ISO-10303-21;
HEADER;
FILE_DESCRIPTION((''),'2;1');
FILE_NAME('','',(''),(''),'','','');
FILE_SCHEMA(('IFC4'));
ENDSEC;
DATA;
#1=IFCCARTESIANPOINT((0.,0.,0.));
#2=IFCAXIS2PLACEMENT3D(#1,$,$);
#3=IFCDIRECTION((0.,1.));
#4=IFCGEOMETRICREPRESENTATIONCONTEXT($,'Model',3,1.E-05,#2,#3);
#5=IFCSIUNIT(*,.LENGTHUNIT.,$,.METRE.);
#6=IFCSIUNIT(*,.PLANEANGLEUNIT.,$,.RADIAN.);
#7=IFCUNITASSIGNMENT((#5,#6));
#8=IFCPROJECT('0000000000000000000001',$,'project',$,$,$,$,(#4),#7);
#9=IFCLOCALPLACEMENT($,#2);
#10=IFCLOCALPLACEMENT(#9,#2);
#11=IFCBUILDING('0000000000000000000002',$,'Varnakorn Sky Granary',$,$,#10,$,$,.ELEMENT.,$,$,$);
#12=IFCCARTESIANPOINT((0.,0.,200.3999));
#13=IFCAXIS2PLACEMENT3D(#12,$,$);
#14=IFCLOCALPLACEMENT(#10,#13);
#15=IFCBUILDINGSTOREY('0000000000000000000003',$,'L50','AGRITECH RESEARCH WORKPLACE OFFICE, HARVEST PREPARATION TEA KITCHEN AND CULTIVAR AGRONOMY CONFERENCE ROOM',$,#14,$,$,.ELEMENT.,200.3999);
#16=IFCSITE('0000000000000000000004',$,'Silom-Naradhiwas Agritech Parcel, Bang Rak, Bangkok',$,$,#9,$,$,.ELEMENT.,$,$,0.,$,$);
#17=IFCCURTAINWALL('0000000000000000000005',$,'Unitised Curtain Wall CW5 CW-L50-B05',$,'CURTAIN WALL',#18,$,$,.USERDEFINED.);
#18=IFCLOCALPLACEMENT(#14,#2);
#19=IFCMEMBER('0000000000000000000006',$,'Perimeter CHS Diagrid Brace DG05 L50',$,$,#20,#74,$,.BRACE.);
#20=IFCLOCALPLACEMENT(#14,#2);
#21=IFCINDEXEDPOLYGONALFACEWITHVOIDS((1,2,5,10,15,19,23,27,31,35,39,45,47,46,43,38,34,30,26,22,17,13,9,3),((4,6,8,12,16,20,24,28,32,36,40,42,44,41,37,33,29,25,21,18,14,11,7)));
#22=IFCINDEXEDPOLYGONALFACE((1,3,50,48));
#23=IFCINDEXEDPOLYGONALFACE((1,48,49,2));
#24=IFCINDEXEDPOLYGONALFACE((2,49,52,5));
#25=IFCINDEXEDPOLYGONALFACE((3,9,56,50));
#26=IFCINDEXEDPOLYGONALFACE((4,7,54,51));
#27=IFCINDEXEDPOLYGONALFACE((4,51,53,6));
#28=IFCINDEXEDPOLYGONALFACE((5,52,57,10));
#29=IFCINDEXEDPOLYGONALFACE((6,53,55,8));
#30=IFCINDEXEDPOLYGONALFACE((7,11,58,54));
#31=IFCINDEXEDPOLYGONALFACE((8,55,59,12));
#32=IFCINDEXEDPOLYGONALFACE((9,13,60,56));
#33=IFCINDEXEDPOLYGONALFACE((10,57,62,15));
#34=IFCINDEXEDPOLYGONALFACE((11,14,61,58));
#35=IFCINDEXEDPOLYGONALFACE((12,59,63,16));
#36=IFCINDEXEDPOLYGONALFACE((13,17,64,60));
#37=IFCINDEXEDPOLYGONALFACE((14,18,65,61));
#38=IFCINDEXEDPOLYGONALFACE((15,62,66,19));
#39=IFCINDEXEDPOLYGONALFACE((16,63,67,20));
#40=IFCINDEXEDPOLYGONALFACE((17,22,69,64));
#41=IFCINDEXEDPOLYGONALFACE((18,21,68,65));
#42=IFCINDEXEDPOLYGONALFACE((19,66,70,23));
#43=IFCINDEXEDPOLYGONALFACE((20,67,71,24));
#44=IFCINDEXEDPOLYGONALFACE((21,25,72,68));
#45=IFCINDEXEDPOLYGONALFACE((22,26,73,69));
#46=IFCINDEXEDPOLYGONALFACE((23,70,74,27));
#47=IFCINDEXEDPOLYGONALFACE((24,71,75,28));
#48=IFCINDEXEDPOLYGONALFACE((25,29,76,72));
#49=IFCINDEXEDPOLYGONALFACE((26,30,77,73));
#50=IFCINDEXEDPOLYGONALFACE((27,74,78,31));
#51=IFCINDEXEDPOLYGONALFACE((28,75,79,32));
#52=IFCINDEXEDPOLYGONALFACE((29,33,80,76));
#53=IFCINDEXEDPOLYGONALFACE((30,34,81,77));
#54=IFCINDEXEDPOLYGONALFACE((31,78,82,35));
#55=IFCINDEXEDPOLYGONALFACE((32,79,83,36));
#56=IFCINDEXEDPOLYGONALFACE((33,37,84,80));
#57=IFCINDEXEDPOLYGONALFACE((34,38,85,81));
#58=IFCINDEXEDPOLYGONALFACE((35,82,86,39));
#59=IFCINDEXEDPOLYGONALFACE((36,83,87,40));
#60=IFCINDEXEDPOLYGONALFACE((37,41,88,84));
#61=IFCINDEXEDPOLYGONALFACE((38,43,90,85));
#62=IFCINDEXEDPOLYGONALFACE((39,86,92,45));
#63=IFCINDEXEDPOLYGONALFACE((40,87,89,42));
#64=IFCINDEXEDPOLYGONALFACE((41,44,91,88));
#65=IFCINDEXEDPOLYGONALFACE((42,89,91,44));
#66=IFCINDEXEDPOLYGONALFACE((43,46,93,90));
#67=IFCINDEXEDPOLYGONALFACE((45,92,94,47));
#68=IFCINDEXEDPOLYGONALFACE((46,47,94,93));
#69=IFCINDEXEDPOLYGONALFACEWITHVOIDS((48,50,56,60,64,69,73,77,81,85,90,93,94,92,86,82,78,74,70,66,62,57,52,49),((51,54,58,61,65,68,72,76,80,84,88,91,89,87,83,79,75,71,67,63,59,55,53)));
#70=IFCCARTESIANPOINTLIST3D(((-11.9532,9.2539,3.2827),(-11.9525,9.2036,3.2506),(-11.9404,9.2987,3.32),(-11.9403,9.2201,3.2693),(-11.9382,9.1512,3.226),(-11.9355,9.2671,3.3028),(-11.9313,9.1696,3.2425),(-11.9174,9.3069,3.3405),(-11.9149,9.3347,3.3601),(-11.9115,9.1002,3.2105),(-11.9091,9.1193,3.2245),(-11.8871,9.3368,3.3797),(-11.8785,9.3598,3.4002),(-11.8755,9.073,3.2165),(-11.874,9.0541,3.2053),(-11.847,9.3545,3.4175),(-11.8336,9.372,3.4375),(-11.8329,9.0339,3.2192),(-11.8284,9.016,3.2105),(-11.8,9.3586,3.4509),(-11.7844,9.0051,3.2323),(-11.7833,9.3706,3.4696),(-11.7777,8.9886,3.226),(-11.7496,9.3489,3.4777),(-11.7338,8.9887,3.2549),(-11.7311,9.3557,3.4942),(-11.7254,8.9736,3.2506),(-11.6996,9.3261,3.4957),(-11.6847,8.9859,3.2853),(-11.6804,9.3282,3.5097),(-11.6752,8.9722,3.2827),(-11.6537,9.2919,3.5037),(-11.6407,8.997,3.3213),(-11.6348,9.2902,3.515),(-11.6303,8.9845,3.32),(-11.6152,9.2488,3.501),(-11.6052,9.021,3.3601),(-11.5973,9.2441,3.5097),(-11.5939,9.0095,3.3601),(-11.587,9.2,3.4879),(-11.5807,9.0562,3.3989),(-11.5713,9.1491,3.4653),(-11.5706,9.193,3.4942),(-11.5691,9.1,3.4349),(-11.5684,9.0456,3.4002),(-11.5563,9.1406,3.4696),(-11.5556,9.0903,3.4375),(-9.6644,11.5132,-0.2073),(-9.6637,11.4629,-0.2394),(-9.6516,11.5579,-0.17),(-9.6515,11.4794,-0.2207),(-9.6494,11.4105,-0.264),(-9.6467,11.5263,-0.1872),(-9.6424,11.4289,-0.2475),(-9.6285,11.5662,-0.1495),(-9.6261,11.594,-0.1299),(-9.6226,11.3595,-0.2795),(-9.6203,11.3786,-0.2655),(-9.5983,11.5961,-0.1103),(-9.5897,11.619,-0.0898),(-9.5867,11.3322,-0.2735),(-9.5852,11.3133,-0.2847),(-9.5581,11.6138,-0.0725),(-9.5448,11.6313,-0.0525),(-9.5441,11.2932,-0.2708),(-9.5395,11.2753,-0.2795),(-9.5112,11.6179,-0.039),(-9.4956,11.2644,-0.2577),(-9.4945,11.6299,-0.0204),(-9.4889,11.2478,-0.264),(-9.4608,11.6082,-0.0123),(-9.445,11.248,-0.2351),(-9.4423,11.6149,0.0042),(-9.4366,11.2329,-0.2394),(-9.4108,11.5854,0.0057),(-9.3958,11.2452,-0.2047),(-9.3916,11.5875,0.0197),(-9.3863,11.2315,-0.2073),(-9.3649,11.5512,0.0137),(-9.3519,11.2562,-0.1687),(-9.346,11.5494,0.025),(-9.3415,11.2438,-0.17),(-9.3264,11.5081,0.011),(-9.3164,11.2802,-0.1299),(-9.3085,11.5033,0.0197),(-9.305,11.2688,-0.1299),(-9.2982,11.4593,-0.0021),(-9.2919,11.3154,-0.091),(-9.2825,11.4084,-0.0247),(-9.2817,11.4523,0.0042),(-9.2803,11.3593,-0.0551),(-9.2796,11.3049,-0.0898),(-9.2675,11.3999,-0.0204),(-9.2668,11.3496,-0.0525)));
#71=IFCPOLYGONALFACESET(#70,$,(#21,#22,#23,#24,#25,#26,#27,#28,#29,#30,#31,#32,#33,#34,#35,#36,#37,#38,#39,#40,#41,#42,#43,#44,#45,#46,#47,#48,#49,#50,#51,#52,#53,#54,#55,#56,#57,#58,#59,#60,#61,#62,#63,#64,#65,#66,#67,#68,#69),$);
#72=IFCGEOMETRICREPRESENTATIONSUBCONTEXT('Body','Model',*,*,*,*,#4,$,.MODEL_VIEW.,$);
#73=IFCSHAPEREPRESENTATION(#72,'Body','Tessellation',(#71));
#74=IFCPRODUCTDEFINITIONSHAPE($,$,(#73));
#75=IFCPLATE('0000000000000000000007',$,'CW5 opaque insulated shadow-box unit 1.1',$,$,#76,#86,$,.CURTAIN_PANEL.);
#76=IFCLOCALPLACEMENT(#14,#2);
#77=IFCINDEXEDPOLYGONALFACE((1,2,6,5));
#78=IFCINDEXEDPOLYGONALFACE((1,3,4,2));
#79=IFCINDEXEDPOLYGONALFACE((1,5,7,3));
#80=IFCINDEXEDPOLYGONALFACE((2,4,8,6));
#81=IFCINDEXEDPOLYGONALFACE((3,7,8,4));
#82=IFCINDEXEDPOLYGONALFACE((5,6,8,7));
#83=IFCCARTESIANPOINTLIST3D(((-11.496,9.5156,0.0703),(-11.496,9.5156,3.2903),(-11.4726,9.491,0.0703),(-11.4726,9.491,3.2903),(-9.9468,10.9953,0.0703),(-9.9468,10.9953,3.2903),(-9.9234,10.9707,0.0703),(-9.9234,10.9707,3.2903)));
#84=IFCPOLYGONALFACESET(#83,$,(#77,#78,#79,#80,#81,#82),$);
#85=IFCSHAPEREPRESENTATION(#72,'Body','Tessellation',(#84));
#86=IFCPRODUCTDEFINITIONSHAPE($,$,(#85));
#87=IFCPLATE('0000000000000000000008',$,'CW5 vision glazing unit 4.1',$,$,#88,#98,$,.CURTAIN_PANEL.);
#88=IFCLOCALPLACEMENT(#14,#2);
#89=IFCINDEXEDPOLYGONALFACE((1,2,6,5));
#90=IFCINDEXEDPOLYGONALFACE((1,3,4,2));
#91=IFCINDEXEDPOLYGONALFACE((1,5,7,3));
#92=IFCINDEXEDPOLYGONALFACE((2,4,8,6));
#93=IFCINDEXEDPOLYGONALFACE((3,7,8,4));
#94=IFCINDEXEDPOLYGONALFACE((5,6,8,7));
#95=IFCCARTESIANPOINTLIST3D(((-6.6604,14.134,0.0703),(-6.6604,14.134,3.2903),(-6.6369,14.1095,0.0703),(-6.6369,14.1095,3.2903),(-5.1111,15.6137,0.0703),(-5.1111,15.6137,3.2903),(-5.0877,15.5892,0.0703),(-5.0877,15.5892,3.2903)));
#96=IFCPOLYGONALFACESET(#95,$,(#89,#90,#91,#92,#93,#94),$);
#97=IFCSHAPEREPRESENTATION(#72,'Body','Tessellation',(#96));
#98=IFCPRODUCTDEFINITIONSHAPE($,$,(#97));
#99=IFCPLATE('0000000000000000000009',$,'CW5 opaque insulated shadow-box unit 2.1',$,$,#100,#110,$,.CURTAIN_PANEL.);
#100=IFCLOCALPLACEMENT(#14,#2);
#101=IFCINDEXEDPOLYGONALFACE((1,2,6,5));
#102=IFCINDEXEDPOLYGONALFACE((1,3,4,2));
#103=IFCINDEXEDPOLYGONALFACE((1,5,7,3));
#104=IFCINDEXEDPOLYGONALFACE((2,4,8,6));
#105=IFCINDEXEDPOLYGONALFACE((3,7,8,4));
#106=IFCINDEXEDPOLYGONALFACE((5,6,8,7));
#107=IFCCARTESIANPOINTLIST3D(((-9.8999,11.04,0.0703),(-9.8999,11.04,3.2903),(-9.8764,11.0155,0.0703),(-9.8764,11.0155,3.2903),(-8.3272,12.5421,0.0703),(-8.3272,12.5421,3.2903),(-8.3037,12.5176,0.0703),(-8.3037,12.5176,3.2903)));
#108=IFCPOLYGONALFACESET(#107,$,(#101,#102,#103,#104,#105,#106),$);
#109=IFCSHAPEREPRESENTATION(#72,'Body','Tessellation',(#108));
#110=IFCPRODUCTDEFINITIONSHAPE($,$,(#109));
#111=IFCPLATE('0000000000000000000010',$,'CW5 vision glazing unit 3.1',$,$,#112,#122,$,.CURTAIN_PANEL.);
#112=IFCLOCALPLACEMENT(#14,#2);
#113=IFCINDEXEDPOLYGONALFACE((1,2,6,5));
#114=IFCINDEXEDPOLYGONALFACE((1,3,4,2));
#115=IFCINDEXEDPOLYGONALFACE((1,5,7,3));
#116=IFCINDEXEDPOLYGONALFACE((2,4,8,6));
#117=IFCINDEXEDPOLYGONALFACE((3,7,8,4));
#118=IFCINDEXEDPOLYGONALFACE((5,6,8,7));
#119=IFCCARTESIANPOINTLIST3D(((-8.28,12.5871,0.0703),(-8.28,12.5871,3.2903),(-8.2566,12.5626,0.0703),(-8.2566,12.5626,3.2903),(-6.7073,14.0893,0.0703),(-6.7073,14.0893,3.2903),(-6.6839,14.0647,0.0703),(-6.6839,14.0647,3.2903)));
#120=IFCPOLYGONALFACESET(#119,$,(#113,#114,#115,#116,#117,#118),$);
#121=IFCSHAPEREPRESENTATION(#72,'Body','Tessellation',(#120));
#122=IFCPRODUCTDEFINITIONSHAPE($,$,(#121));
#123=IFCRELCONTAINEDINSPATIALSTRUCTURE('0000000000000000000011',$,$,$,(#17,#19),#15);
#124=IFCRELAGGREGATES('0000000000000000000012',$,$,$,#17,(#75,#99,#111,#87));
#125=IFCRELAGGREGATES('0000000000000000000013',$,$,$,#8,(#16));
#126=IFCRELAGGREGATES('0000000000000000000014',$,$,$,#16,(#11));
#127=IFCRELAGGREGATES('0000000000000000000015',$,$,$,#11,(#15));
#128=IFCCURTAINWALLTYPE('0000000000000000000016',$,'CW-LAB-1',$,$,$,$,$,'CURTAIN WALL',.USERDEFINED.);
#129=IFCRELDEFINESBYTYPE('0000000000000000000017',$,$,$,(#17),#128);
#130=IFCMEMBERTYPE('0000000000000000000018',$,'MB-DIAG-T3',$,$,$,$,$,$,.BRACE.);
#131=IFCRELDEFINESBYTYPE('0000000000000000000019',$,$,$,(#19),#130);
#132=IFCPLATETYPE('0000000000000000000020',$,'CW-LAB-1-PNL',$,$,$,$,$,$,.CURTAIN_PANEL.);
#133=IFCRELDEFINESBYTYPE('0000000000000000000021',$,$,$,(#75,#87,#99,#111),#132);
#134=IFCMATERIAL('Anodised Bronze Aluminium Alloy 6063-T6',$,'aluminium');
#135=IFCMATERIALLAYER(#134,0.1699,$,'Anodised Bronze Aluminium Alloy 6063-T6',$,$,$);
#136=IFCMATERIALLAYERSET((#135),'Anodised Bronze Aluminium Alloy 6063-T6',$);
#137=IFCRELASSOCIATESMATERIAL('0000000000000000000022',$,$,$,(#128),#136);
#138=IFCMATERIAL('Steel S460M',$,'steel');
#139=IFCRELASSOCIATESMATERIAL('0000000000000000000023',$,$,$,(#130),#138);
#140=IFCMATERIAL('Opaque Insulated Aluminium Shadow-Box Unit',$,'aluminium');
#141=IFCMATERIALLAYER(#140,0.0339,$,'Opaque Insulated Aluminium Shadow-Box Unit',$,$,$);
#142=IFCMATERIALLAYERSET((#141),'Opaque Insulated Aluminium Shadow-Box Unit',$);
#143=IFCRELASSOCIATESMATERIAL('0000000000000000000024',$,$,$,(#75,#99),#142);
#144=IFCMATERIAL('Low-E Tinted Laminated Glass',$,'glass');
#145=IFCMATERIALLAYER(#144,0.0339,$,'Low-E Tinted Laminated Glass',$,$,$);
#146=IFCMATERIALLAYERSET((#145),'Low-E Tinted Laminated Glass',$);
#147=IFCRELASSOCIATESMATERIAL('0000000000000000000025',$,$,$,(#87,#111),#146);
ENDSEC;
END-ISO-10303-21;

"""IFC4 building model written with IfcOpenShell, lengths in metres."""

from ifc_helpers import new_model, si_unit, direction, frame, origin, origin_2d, place, context, subcontext, project, spatial, rectangle, hollow_circle, extrude, source, transform, mapped, material, layer, layer_set, material_profile, profile_set, type_object, type_shapes, element, aggregate, save


model = new_model("IFC4")

# Units and contexts
model_context = context("Model", 3, precision=1e-05, world=origin(), true_north=direction((0.0, 1.0)))
body_context = subcontext(model_context, "Body", "Model", "MODEL_VIEW")
ifc_project = project(units=[si_unit("LENGTHUNIT", "METRE"), si_unit("PLANEANGLEUNIT", "RADIAN")], contexts=[model_context])

# Site, building, storey
site_placement = place(None, origin())
site = spatial("IfcSite", under=ifc_project, at=site_placement, Name="Silom-Naradhiwas Agritech Parcel, Bang Rak, Bangkok", CompositionType="ELEMENT", RefElevation=0.0)
building_placement = place(site_placement, origin())
building = spatial("IfcBuilding", under=site, at=building_placement, Name="Varnakorn Sky Granary", CompositionType="ELEMENT")
storey_placement = place(building_placement, frame((0.0, 0.0, 200.3999)))
storey = spatial("IfcBuildingStorey", under=building, at=storey_placement, Name="L50", Description="AGRITECH RESEARCH WORKPLACE OFFICE, HARVEST PREPARATION TEA KITCHEN AND CULTIVAR AGRONOMY CONFERENCE ROOM", CompositionType="ELEMENT", Elevation=200.3999)

# Shared definitions
ifc_material_1 = material(Name="Steel S460M", Category="steel")

# Shared definitions
ifc_material_2 = material(Name="Anodised Bronze Aluminium Alloy 6063-T6", Category="aluminium")
ifc_layer_1 = layer(ifc_material_2, 0.1699, Name="Anodised Bronze Aluminium Alloy 6063-T6")
ifc_layer_set_1 = layer_set([ifc_layer_1], Name="Anodised Bronze Aluminium Alloy 6063-T6")
curtain_wall_type = type_object("IfcCurtainWallType", Name="CW-LAB-1", ElementType="CURTAIN WALL", PredefinedType="USERDEFINED", material=ifc_layer_set_1)

# Curtain wall
curtain_wall_1_placement = place(storey_placement, origin())
curtain_wall_1 = element("IfcCurtainWall", 1, at=curtain_wall_1_placement, inside=storey, type_object=curtain_wall_type, Name="Unitised Curtain Wall CW5 CW-L50-B05", ObjectType="CURTAIN WALL", PredefinedType="USERDEFINED")

# Member
ifc_material_profile_1 = material_profile(ifc_material_1, hollow_circle(Radius=0.2285, WallThickness=0.0161, at=origin_2d()), Name="CHS 457x16")
ifc_profile_set_1 = profile_set([ifc_material_profile_1], Name="Steel S460M")
member_type_1 = type_object("IfcMemberType", Name="MB-DIAG-T3", PredefinedType="BRACE", material=ifc_profile_set_1)
member_1_placement = place(storey_placement, frame((-9.4656, 11.4314, -0.1299), z_axis=(-0.482278, -0.476054, 0.735378), x_axis=(0.702499, -0.711685, 0.0)))
element("IfcMember", 2, at=member_1_placement, inside=storey, type_object=member_type_1, Name="Perimeter CHS Diagrid Brace DG05 L50", PredefinedType="BRACE", context=body_context, shape_type="SweptSolid", body=[
    extrude(hollow_circle(Radius=0.2285, WallThickness=0.0161, at=origin_2d()), origin(), (0.0, 0.0, 1.0), 4.7458),
])

# Plates
ifc_material_3 = material(Name="Opaque Insulated Aluminium Shadow-Box Unit", Category="aluminium")
ifc_layer_2 = layer(ifc_material_3, 0.0339, Name="Opaque Insulated Aluminium Shadow-Box Unit")
ifc_layer_set_2 = layer_set([ifc_layer_2], Name="Opaque Insulated Aluminium Shadow-Box Unit")
plate_type = type_object("IfcPlateType", Name="CW-LAB-1-PNL", PredefinedType="CURTAIN_PANEL")
shared_shape_1 = source(origin(), body_context, "Body", "SweptSolid", [
    extrude(rectangle(XDim=2.1423, YDim=0.0339, at=origin_2d()), origin(), (0.0, 0.0, 1.0), 3.22),
])
plate_1_placement = place(storey_placement, frame((-10.7097, 10.2432, 0.0703), z_axis=(0.0, 0.0, 1.0), x_axis=(0.723144, 0.690697, 0.0)))
plate_1 = element("IfcPlate", 3, at=plate_1_placement, type_object=plate_type, material=ifc_layer_set_2, Name="CW5 opaque insulated shadow-box unit 1.1", PredefinedType="CURTAIN_PANEL", context=body_context, shape_type="MappedRepresentation", body=[
    mapped(shared_shape_1, transform((0.0, 0.0, 0.0), x_axis=(1.0, 0.0, 0.0), y_axis=(0.0, 1.0, 0.0), z_axis=(0.0, 0.0, 1.0), scale=1.0)),
])
ifc_material_4 = material(Name="Low-E Tinted Laminated Glass", Category="glass")
ifc_layer_3 = layer(ifc_material_4, 0.0339, Name="Low-E Tinted Laminated Glass")
ifc_layer_set_3 = layer_set([ifc_layer_3], Name="Low-E Tinted Laminated Glass")
plate_2_placement = place(storey_placement, frame((-5.874, 14.8616, 0.0703), z_axis=(0.0, 0.0, 1.0), x_axis=(0.723144, 0.690697, 0.0)))
plate_2 = element("IfcPlate", 4, at=plate_2_placement, type_object=plate_type, material=ifc_layer_set_3, Name="CW5 vision glazing unit 4.1", PredefinedType="CURTAIN_PANEL", context=body_context, shape_type="MappedRepresentation", body=[
    mapped(shared_shape_1, transform((0.0, 0.0, 0.0), x_axis=(1.0, 0.0, 0.0), y_axis=(0.0, 1.0, 0.0), z_axis=(0.0, 0.0, 1.0), scale=1.0)),
])
shared_shape_2 = source(origin(), body_context, "Body", "SweptSolid", [
    extrude(rectangle(XDim=2.1748, YDim=0.0339, at=origin_2d()), origin(), (0.0, 0.0, 1.0), 3.22),
])
type_shapes(plate_type, [shared_shape_1, shared_shape_2])
plate_3_placement = place(storey_placement, frame((-9.1018, 11.7788, 0.0703), z_axis=(0.0, 0.0, 1.0), x_axis=(0.723144, 0.690697, 0.0)))
plate_3 = element("IfcPlate", 5, at=plate_3_placement, type_object=plate_type, material=ifc_layer_set_2, Name="CW5 opaque insulated shadow-box unit 2.1", PredefinedType="CURTAIN_PANEL", context=body_context, shape_type="MappedRepresentation", body=[
    mapped(shared_shape_2, transform((0.0, 0.0, 0.0), x_axis=(1.0, 0.0, 0.0), y_axis=(0.0, 1.0, 0.0), z_axis=(0.0, 0.0, 1.0), scale=1.0)),
])
plate_4_placement = place(storey_placement, frame((-7.4819, 13.3259, 0.0703), z_axis=(0.0, 0.0, 1.0), x_axis=(0.723144, 0.690697, 0.0)))
plate_4 = element("IfcPlate", 6, at=plate_4_placement, type_object=plate_type, material=ifc_layer_set_3, Name="CW5 vision glazing unit 3.1", PredefinedType="CURTAIN_PANEL", context=body_context, shape_type="MappedRepresentation", body=[
    mapped(shared_shape_2, transform((0.0, 0.0, 0.0), x_axis=(1.0, 0.0, 0.0), y_axis=(0.0, 1.0, 0.0), z_axis=(0.0, 0.0, 1.0), scale=1.0)),
])
aggregate(curtain_wall_1, [plate_1, plate_3, plate_4, plate_2])

save(model, "model.ifc")
